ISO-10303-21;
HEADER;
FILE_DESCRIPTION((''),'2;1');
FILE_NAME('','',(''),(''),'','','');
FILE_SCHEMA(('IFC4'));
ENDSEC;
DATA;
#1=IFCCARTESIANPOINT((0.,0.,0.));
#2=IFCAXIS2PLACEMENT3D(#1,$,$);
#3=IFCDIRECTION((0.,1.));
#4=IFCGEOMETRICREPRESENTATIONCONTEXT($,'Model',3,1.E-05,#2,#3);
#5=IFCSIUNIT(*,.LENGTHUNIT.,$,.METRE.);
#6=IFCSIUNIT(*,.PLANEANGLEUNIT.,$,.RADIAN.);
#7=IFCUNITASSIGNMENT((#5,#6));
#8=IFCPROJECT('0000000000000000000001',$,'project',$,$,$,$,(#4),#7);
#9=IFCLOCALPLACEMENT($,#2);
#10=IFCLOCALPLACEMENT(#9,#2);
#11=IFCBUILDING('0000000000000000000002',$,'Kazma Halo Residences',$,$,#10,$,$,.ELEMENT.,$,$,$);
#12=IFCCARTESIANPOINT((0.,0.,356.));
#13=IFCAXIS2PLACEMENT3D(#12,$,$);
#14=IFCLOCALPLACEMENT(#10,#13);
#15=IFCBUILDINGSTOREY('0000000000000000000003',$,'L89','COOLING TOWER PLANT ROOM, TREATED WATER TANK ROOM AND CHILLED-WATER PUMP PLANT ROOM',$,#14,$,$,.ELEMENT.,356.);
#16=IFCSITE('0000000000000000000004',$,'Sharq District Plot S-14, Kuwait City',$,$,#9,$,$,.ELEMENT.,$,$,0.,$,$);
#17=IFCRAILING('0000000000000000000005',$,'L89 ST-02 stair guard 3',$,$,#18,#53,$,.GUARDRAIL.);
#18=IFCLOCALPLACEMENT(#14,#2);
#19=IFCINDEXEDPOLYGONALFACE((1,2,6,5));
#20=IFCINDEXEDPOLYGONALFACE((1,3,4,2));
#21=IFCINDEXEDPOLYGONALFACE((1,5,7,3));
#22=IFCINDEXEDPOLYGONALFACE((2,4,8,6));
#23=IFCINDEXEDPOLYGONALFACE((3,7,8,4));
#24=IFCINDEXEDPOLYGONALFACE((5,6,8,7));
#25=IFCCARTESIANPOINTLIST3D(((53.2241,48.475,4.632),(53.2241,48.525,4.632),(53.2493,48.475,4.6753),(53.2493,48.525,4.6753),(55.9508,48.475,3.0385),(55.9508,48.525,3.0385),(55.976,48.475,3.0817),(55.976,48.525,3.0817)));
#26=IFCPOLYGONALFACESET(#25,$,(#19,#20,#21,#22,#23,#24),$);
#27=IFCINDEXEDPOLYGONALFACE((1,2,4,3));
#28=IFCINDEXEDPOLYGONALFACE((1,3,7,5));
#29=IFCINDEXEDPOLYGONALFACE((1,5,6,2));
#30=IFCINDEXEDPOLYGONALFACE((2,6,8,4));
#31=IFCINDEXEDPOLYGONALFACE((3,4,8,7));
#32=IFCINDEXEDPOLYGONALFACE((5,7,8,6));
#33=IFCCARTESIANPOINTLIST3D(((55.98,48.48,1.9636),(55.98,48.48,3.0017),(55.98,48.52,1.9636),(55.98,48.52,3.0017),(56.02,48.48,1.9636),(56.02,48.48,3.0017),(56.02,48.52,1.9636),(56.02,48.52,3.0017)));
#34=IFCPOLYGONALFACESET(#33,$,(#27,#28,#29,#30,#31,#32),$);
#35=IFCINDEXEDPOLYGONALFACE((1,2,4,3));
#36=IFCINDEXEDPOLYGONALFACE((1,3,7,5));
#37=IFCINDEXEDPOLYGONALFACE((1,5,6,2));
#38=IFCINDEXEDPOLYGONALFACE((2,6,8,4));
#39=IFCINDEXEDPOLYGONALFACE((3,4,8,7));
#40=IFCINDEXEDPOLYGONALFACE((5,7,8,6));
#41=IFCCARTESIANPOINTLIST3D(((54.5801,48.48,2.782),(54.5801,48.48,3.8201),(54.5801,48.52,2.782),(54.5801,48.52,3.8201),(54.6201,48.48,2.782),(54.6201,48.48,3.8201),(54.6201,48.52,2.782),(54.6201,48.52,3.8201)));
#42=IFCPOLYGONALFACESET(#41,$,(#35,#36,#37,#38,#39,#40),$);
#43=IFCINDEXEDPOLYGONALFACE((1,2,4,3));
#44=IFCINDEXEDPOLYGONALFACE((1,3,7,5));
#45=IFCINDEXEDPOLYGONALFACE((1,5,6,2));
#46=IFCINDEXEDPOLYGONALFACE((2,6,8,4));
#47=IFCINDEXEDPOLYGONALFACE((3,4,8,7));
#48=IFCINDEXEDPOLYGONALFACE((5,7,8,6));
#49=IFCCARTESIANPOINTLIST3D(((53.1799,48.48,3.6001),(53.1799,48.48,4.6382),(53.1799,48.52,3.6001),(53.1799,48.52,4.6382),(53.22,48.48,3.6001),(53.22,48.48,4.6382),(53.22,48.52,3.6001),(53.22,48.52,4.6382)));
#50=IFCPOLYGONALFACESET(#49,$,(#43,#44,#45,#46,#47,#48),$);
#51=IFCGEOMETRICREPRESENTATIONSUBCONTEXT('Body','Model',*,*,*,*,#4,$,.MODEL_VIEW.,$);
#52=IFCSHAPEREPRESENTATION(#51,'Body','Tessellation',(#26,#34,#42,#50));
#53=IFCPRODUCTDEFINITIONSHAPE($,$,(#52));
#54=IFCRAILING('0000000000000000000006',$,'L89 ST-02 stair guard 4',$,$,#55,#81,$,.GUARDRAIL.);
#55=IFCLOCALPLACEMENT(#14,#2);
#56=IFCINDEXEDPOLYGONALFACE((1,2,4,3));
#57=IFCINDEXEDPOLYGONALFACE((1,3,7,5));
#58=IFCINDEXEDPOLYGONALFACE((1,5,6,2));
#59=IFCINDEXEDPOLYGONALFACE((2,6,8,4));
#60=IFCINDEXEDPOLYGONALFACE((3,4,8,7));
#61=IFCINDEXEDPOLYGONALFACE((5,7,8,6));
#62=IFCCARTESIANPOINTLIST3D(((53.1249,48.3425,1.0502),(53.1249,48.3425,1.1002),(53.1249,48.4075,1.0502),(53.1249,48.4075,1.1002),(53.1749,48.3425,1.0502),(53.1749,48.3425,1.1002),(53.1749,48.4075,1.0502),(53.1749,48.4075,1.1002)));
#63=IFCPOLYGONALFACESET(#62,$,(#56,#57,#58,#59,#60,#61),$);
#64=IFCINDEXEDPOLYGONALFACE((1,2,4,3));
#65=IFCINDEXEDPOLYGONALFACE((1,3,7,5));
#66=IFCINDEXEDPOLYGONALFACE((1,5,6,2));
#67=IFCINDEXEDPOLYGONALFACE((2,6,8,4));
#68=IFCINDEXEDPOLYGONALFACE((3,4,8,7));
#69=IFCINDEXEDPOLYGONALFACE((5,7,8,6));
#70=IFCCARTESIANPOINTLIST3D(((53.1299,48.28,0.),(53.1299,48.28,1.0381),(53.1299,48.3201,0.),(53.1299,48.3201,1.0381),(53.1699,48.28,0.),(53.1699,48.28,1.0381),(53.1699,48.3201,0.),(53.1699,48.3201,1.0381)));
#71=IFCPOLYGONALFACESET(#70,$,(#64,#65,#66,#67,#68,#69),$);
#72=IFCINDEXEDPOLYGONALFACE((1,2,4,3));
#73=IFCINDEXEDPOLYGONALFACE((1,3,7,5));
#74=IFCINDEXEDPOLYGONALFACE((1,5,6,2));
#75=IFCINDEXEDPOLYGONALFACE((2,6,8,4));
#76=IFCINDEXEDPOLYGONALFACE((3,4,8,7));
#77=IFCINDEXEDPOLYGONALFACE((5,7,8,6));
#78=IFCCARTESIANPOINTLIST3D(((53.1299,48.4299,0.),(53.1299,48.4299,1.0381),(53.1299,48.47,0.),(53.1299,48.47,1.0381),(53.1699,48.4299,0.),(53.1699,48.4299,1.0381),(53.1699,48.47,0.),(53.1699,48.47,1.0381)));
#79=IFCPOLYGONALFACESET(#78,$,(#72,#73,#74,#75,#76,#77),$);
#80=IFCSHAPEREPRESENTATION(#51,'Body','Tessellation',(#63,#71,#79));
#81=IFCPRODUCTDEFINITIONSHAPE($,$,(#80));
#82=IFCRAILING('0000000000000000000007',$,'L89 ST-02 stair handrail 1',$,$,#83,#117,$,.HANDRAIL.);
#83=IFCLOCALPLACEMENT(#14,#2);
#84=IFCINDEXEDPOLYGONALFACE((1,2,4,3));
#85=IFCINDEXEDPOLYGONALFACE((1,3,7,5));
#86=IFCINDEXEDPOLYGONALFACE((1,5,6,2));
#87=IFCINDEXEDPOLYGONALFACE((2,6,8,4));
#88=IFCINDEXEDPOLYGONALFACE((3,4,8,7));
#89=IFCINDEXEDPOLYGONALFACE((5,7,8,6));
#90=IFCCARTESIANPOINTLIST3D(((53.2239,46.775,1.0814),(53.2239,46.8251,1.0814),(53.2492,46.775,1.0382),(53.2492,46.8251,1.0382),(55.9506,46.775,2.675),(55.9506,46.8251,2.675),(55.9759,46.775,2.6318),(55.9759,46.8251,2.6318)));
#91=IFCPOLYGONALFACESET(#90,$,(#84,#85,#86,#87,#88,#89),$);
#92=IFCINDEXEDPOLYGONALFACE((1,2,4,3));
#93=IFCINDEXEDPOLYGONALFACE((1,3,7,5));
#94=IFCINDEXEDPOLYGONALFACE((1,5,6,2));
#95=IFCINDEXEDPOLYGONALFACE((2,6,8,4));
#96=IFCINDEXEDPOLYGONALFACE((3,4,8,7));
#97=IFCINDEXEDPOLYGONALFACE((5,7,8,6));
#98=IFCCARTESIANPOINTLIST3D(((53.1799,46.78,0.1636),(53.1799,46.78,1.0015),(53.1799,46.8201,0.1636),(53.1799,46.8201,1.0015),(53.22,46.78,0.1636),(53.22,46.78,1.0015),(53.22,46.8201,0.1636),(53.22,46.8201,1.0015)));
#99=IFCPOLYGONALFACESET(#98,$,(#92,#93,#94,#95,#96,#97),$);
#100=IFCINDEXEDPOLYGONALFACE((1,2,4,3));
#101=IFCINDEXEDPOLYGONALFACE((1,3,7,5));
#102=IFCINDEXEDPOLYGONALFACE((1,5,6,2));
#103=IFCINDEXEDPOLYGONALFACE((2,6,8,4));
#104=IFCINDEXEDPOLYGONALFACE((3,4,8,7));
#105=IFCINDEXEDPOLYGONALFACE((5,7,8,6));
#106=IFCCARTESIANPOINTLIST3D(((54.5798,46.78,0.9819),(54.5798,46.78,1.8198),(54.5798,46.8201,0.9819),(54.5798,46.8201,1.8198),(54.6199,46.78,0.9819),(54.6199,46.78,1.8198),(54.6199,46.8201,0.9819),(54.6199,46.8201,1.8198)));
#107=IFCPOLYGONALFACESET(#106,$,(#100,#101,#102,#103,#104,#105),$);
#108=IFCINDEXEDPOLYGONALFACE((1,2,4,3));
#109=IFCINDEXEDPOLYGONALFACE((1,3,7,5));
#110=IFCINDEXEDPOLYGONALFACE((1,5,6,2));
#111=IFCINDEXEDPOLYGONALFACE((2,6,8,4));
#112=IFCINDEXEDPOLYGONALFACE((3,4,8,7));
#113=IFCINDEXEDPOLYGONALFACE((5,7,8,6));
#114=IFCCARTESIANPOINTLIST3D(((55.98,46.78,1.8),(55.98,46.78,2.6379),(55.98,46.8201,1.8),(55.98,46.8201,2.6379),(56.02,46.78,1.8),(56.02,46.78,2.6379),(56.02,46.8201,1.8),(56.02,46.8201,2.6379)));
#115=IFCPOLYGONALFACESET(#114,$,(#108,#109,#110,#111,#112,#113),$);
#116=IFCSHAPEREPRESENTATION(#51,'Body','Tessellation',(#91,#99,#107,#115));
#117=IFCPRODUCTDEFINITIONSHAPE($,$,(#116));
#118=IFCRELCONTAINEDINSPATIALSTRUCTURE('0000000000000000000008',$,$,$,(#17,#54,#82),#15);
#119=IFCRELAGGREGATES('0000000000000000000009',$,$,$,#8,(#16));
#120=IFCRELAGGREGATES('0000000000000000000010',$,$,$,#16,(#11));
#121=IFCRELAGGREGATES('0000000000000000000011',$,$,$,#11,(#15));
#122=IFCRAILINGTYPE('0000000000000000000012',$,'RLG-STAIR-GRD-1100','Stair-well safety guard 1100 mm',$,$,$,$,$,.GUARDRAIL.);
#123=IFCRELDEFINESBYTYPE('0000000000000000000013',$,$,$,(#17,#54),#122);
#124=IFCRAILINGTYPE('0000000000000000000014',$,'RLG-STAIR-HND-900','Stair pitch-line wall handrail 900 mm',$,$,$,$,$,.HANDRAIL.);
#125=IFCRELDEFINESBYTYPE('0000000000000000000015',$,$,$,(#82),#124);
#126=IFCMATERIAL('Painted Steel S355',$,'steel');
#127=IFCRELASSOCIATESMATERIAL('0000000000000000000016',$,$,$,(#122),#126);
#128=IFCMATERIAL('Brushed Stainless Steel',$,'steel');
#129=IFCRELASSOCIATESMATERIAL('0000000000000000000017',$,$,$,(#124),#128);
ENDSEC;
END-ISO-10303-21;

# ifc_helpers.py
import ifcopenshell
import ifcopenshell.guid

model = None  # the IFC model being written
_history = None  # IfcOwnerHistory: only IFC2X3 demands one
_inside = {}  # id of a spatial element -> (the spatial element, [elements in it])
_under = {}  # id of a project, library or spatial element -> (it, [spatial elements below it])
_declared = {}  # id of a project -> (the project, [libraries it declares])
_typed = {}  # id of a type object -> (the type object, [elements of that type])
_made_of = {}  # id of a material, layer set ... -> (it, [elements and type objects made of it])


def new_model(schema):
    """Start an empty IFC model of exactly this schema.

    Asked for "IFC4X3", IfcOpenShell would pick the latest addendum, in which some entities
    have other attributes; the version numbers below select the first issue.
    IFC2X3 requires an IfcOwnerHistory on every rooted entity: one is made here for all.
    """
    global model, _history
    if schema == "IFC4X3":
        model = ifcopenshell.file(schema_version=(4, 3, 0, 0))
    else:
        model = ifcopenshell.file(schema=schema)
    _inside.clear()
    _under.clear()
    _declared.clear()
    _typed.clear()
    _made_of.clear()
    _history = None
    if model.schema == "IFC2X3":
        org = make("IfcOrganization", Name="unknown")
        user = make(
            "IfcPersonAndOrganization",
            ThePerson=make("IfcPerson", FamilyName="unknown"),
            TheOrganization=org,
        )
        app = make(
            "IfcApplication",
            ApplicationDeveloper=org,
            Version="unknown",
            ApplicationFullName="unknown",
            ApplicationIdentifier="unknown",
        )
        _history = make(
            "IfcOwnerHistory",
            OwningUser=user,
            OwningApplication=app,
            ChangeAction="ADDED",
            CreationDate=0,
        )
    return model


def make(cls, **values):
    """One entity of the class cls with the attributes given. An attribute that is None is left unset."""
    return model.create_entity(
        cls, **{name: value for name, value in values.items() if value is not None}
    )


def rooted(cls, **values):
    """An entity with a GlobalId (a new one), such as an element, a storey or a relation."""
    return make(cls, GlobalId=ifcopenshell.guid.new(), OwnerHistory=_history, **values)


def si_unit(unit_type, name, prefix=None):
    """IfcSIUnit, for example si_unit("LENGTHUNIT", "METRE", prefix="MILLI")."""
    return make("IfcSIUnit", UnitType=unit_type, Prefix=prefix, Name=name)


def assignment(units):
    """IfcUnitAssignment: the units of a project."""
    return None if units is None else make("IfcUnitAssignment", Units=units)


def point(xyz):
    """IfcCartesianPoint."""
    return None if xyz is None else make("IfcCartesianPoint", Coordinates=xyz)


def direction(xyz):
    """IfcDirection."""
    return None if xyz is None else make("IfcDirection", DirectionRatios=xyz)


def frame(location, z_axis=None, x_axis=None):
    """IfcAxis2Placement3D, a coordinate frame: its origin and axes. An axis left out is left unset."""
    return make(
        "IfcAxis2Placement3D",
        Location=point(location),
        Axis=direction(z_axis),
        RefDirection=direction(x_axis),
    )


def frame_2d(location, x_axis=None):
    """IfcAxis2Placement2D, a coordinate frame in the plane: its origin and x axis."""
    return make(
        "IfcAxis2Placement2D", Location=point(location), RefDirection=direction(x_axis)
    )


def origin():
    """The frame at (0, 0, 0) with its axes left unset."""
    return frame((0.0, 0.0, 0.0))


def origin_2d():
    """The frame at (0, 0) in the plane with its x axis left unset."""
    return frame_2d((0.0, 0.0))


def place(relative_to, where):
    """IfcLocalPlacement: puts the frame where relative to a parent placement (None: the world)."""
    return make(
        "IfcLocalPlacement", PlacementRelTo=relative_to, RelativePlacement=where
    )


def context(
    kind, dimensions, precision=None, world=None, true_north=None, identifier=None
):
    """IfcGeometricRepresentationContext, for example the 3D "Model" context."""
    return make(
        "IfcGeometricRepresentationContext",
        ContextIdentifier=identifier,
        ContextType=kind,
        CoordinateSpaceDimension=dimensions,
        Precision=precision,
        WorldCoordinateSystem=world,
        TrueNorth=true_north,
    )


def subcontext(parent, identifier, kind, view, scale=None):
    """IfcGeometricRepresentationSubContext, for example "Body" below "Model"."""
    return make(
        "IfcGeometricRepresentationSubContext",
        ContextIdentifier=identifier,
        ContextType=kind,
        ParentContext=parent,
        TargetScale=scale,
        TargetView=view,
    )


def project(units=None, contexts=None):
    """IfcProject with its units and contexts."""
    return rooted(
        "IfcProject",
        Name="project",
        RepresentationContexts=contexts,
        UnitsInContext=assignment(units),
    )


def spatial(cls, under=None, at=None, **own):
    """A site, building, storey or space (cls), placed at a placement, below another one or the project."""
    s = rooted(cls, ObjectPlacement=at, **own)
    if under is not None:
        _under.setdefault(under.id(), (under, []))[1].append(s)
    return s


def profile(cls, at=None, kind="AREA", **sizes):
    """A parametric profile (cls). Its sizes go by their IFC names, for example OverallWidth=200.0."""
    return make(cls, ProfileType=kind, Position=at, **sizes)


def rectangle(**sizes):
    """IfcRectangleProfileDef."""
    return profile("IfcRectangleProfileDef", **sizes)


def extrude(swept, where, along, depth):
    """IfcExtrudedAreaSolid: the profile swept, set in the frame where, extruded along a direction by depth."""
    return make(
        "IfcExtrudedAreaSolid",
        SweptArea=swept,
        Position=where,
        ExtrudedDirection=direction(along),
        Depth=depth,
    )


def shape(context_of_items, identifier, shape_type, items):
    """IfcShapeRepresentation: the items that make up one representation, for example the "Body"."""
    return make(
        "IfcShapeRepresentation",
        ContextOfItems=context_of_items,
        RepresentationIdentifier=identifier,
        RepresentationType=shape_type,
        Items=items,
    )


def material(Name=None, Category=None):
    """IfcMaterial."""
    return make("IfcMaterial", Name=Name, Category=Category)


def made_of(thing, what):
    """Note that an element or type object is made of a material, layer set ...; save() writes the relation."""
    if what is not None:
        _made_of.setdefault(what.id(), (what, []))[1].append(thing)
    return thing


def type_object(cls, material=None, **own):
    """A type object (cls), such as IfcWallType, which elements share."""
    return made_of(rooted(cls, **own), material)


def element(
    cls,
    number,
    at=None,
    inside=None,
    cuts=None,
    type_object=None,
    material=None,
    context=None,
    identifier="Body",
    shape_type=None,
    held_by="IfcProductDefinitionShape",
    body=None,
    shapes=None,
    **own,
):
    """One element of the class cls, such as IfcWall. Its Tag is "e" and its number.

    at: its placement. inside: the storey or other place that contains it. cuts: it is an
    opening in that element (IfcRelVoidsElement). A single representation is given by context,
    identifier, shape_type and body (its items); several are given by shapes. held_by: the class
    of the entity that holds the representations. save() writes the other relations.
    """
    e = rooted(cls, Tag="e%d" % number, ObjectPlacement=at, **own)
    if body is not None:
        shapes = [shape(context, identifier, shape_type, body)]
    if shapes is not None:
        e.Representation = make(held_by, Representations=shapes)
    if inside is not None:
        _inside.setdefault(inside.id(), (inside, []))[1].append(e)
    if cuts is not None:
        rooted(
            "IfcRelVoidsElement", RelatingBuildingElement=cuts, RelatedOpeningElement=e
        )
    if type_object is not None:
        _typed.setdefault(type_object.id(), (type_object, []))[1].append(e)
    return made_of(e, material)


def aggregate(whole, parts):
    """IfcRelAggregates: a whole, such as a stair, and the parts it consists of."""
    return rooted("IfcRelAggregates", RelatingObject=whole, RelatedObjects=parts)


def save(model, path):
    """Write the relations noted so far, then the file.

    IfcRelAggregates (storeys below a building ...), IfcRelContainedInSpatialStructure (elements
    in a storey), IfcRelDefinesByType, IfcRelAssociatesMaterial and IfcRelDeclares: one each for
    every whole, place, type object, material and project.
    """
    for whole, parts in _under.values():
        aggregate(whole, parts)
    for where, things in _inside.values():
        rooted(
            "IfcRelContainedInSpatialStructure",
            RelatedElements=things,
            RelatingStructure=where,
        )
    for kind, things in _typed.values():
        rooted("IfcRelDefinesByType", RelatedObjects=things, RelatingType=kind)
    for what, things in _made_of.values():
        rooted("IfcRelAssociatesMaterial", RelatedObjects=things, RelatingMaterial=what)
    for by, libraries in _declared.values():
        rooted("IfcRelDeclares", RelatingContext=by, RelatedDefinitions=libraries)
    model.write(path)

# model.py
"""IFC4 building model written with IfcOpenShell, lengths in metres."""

from ifc_helpers import new_model, si_unit, direction, frame, origin, origin_2d, place, context, subcontext, project, spatial, rectangle, extrude, material, type_object, element, save


model = new_model("IFC4")

# Units and contexts
model_context = context("Model", 3, precision=1e-05, world=origin(), true_north=direction((0.0, 1.0)))
body_context = subcontext(model_context, "Body", "Model", "MODEL_VIEW")
ifc_project = project(units=[si_unit("LENGTHUNIT", "METRE"), si_unit("PLANEANGLEUNIT", "RADIAN")], contexts=[model_context])

# Site, building, storey
site_placement = place(None, origin())
site = spatial("IfcSite", under=ifc_project, at=site_placement, Name="Sharq District Plot S-14, Kuwait City", CompositionType="ELEMENT", RefElevation=0.0)
building_placement = place(site_placement, origin())
building = spatial("IfcBuilding", under=site, at=building_placement, Name="Kazma Halo Residences", CompositionType="ELEMENT")
storey_placement = place(building_placement, frame((0.0, 0.0, 356.0)))
storey = spatial("IfcBuildingStorey", under=building, at=storey_placement, Name="L89", Description="COOLING TOWER PLANT ROOM, TREATED WATER TANK ROOM AND CHILLED-WATER PUMP PLANT ROOM", CompositionType="ELEMENT", Elevation=356.0)

# Railings
ifc_material_1 = material(Name="Painted Steel S355", Category="steel")
railing_type_1 = type_object("IfcRailingType", Name="RLG-STAIR-GRD-1100", Description="Stair-well safety guard 1100 mm", PredefinedType="GUARDRAIL", material=ifc_material_1)
railing_1_placement = place(storey_placement, frame((56.0, 48.5, 1.9636)))
element("IfcRailing", 1, at=railing_1_placement, inside=storey, type_object=railing_type_1, Name="L89 ST-02 stair guard 3", PredefinedType="GUARDRAIL", context=body_context, shape_type="SweptSolid", body=[
    extrude(rectangle(XDim=0.05, YDim=0.05, at=origin_2d()), frame((-0.0366, 0.0, 1.0964), z_axis=(-0.863361, 0.0, 0.504587), x_axis=(0.0, -1.0, 0.0)), (0.0, 0.0, 1.0), 3.1582),
    extrude(rectangle(XDim=0.04, YDim=0.04, at=origin_2d()), origin(), (0.0, 0.0, 1.0), 1.0381),
    extrude(rectangle(XDim=0.04, YDim=0.04, at=origin_2d()), frame((-1.3999, 0.0, 0.8184)), (0.0, 0.0, 1.0), 1.0381),
    extrude(rectangle(XDim=0.04, YDim=0.04, at=origin_2d()), frame((-2.8, 0.0, 1.6365)), (0.0, 0.0, 1.0), 1.0381),
])
railing_2_placement = place(storey_placement, frame((53.1499, 48.3, 0.0)))
element("IfcRailing", 2, at=railing_2_placement, inside=storey, type_object=railing_type_1, Name="L89 ST-02 stair guard 4", PredefinedType="GUARDRAIL", context=body_context, shape_type="SweptSolid", body=[
    extrude(rectangle(XDim=0.05, YDim=0.05, at=origin_2d()), frame((0.0, 0.0425, 1.0752), z_axis=(0.0, 1.0, 0.0), x_axis=(-1.0, 0.0, 0.0)), (0.0, 0.0, 1.0), 0.0649),
    extrude(rectangle(XDim=0.04, YDim=0.04, at=origin_2d()), origin(), (0.0, 0.0, 1.0), 1.0381),
    extrude(rectangle(XDim=0.04, YDim=0.04, at=origin_2d()), frame((0.0, 0.1499, 0.0)), (0.0, 0.0, 1.0), 1.0381),
])
ifc_material_2 = material(Name="Brushed Stainless Steel", Category="steel")
railing_type_2 = type_object("IfcRailingType", Name="RLG-STAIR-HND-900", Description="Stair pitch-line wall handrail 900 mm", PredefinedType="HANDRAIL", material=ifc_material_2)
railing_3_placement = place(storey_placement, frame((53.2, 46.8, 0.1636)))
element("IfcRailing", 3, at=railing_3_placement, inside=storey, type_object=railing_type_2, Name="L89 ST-02 stair handrail 1", PredefinedType="HANDRAIL", context=body_context, shape_type="SweptSolid", body=[
    extrude(rectangle(XDim=0.05, YDim=0.05, at=origin_2d()), frame((0.0366, 0.0, 0.8962), z_axis=(0.863361, 0.0, 0.504587), x_axis=(0.0, 1.0, 0.0)), (0.0, 0.0, 1.0), 3.1582),
    extrude(rectangle(XDim=0.04, YDim=0.04, at=origin_2d()), origin(), (0.0, 0.0, 1.0), 0.8379),
    extrude(rectangle(XDim=0.04, YDim=0.04, at=origin_2d()), frame((1.3999, 0.0, 0.8184)), (0.0, 0.0, 1.0), 0.8379),
    extrude(rectangle(XDim=0.04, YDim=0.04, at=origin_2d()), frame((2.8, 0.0, 1.6365)), (0.0, 0.0, 1.0), 0.8379),
])

save(model, "model.ifc")
